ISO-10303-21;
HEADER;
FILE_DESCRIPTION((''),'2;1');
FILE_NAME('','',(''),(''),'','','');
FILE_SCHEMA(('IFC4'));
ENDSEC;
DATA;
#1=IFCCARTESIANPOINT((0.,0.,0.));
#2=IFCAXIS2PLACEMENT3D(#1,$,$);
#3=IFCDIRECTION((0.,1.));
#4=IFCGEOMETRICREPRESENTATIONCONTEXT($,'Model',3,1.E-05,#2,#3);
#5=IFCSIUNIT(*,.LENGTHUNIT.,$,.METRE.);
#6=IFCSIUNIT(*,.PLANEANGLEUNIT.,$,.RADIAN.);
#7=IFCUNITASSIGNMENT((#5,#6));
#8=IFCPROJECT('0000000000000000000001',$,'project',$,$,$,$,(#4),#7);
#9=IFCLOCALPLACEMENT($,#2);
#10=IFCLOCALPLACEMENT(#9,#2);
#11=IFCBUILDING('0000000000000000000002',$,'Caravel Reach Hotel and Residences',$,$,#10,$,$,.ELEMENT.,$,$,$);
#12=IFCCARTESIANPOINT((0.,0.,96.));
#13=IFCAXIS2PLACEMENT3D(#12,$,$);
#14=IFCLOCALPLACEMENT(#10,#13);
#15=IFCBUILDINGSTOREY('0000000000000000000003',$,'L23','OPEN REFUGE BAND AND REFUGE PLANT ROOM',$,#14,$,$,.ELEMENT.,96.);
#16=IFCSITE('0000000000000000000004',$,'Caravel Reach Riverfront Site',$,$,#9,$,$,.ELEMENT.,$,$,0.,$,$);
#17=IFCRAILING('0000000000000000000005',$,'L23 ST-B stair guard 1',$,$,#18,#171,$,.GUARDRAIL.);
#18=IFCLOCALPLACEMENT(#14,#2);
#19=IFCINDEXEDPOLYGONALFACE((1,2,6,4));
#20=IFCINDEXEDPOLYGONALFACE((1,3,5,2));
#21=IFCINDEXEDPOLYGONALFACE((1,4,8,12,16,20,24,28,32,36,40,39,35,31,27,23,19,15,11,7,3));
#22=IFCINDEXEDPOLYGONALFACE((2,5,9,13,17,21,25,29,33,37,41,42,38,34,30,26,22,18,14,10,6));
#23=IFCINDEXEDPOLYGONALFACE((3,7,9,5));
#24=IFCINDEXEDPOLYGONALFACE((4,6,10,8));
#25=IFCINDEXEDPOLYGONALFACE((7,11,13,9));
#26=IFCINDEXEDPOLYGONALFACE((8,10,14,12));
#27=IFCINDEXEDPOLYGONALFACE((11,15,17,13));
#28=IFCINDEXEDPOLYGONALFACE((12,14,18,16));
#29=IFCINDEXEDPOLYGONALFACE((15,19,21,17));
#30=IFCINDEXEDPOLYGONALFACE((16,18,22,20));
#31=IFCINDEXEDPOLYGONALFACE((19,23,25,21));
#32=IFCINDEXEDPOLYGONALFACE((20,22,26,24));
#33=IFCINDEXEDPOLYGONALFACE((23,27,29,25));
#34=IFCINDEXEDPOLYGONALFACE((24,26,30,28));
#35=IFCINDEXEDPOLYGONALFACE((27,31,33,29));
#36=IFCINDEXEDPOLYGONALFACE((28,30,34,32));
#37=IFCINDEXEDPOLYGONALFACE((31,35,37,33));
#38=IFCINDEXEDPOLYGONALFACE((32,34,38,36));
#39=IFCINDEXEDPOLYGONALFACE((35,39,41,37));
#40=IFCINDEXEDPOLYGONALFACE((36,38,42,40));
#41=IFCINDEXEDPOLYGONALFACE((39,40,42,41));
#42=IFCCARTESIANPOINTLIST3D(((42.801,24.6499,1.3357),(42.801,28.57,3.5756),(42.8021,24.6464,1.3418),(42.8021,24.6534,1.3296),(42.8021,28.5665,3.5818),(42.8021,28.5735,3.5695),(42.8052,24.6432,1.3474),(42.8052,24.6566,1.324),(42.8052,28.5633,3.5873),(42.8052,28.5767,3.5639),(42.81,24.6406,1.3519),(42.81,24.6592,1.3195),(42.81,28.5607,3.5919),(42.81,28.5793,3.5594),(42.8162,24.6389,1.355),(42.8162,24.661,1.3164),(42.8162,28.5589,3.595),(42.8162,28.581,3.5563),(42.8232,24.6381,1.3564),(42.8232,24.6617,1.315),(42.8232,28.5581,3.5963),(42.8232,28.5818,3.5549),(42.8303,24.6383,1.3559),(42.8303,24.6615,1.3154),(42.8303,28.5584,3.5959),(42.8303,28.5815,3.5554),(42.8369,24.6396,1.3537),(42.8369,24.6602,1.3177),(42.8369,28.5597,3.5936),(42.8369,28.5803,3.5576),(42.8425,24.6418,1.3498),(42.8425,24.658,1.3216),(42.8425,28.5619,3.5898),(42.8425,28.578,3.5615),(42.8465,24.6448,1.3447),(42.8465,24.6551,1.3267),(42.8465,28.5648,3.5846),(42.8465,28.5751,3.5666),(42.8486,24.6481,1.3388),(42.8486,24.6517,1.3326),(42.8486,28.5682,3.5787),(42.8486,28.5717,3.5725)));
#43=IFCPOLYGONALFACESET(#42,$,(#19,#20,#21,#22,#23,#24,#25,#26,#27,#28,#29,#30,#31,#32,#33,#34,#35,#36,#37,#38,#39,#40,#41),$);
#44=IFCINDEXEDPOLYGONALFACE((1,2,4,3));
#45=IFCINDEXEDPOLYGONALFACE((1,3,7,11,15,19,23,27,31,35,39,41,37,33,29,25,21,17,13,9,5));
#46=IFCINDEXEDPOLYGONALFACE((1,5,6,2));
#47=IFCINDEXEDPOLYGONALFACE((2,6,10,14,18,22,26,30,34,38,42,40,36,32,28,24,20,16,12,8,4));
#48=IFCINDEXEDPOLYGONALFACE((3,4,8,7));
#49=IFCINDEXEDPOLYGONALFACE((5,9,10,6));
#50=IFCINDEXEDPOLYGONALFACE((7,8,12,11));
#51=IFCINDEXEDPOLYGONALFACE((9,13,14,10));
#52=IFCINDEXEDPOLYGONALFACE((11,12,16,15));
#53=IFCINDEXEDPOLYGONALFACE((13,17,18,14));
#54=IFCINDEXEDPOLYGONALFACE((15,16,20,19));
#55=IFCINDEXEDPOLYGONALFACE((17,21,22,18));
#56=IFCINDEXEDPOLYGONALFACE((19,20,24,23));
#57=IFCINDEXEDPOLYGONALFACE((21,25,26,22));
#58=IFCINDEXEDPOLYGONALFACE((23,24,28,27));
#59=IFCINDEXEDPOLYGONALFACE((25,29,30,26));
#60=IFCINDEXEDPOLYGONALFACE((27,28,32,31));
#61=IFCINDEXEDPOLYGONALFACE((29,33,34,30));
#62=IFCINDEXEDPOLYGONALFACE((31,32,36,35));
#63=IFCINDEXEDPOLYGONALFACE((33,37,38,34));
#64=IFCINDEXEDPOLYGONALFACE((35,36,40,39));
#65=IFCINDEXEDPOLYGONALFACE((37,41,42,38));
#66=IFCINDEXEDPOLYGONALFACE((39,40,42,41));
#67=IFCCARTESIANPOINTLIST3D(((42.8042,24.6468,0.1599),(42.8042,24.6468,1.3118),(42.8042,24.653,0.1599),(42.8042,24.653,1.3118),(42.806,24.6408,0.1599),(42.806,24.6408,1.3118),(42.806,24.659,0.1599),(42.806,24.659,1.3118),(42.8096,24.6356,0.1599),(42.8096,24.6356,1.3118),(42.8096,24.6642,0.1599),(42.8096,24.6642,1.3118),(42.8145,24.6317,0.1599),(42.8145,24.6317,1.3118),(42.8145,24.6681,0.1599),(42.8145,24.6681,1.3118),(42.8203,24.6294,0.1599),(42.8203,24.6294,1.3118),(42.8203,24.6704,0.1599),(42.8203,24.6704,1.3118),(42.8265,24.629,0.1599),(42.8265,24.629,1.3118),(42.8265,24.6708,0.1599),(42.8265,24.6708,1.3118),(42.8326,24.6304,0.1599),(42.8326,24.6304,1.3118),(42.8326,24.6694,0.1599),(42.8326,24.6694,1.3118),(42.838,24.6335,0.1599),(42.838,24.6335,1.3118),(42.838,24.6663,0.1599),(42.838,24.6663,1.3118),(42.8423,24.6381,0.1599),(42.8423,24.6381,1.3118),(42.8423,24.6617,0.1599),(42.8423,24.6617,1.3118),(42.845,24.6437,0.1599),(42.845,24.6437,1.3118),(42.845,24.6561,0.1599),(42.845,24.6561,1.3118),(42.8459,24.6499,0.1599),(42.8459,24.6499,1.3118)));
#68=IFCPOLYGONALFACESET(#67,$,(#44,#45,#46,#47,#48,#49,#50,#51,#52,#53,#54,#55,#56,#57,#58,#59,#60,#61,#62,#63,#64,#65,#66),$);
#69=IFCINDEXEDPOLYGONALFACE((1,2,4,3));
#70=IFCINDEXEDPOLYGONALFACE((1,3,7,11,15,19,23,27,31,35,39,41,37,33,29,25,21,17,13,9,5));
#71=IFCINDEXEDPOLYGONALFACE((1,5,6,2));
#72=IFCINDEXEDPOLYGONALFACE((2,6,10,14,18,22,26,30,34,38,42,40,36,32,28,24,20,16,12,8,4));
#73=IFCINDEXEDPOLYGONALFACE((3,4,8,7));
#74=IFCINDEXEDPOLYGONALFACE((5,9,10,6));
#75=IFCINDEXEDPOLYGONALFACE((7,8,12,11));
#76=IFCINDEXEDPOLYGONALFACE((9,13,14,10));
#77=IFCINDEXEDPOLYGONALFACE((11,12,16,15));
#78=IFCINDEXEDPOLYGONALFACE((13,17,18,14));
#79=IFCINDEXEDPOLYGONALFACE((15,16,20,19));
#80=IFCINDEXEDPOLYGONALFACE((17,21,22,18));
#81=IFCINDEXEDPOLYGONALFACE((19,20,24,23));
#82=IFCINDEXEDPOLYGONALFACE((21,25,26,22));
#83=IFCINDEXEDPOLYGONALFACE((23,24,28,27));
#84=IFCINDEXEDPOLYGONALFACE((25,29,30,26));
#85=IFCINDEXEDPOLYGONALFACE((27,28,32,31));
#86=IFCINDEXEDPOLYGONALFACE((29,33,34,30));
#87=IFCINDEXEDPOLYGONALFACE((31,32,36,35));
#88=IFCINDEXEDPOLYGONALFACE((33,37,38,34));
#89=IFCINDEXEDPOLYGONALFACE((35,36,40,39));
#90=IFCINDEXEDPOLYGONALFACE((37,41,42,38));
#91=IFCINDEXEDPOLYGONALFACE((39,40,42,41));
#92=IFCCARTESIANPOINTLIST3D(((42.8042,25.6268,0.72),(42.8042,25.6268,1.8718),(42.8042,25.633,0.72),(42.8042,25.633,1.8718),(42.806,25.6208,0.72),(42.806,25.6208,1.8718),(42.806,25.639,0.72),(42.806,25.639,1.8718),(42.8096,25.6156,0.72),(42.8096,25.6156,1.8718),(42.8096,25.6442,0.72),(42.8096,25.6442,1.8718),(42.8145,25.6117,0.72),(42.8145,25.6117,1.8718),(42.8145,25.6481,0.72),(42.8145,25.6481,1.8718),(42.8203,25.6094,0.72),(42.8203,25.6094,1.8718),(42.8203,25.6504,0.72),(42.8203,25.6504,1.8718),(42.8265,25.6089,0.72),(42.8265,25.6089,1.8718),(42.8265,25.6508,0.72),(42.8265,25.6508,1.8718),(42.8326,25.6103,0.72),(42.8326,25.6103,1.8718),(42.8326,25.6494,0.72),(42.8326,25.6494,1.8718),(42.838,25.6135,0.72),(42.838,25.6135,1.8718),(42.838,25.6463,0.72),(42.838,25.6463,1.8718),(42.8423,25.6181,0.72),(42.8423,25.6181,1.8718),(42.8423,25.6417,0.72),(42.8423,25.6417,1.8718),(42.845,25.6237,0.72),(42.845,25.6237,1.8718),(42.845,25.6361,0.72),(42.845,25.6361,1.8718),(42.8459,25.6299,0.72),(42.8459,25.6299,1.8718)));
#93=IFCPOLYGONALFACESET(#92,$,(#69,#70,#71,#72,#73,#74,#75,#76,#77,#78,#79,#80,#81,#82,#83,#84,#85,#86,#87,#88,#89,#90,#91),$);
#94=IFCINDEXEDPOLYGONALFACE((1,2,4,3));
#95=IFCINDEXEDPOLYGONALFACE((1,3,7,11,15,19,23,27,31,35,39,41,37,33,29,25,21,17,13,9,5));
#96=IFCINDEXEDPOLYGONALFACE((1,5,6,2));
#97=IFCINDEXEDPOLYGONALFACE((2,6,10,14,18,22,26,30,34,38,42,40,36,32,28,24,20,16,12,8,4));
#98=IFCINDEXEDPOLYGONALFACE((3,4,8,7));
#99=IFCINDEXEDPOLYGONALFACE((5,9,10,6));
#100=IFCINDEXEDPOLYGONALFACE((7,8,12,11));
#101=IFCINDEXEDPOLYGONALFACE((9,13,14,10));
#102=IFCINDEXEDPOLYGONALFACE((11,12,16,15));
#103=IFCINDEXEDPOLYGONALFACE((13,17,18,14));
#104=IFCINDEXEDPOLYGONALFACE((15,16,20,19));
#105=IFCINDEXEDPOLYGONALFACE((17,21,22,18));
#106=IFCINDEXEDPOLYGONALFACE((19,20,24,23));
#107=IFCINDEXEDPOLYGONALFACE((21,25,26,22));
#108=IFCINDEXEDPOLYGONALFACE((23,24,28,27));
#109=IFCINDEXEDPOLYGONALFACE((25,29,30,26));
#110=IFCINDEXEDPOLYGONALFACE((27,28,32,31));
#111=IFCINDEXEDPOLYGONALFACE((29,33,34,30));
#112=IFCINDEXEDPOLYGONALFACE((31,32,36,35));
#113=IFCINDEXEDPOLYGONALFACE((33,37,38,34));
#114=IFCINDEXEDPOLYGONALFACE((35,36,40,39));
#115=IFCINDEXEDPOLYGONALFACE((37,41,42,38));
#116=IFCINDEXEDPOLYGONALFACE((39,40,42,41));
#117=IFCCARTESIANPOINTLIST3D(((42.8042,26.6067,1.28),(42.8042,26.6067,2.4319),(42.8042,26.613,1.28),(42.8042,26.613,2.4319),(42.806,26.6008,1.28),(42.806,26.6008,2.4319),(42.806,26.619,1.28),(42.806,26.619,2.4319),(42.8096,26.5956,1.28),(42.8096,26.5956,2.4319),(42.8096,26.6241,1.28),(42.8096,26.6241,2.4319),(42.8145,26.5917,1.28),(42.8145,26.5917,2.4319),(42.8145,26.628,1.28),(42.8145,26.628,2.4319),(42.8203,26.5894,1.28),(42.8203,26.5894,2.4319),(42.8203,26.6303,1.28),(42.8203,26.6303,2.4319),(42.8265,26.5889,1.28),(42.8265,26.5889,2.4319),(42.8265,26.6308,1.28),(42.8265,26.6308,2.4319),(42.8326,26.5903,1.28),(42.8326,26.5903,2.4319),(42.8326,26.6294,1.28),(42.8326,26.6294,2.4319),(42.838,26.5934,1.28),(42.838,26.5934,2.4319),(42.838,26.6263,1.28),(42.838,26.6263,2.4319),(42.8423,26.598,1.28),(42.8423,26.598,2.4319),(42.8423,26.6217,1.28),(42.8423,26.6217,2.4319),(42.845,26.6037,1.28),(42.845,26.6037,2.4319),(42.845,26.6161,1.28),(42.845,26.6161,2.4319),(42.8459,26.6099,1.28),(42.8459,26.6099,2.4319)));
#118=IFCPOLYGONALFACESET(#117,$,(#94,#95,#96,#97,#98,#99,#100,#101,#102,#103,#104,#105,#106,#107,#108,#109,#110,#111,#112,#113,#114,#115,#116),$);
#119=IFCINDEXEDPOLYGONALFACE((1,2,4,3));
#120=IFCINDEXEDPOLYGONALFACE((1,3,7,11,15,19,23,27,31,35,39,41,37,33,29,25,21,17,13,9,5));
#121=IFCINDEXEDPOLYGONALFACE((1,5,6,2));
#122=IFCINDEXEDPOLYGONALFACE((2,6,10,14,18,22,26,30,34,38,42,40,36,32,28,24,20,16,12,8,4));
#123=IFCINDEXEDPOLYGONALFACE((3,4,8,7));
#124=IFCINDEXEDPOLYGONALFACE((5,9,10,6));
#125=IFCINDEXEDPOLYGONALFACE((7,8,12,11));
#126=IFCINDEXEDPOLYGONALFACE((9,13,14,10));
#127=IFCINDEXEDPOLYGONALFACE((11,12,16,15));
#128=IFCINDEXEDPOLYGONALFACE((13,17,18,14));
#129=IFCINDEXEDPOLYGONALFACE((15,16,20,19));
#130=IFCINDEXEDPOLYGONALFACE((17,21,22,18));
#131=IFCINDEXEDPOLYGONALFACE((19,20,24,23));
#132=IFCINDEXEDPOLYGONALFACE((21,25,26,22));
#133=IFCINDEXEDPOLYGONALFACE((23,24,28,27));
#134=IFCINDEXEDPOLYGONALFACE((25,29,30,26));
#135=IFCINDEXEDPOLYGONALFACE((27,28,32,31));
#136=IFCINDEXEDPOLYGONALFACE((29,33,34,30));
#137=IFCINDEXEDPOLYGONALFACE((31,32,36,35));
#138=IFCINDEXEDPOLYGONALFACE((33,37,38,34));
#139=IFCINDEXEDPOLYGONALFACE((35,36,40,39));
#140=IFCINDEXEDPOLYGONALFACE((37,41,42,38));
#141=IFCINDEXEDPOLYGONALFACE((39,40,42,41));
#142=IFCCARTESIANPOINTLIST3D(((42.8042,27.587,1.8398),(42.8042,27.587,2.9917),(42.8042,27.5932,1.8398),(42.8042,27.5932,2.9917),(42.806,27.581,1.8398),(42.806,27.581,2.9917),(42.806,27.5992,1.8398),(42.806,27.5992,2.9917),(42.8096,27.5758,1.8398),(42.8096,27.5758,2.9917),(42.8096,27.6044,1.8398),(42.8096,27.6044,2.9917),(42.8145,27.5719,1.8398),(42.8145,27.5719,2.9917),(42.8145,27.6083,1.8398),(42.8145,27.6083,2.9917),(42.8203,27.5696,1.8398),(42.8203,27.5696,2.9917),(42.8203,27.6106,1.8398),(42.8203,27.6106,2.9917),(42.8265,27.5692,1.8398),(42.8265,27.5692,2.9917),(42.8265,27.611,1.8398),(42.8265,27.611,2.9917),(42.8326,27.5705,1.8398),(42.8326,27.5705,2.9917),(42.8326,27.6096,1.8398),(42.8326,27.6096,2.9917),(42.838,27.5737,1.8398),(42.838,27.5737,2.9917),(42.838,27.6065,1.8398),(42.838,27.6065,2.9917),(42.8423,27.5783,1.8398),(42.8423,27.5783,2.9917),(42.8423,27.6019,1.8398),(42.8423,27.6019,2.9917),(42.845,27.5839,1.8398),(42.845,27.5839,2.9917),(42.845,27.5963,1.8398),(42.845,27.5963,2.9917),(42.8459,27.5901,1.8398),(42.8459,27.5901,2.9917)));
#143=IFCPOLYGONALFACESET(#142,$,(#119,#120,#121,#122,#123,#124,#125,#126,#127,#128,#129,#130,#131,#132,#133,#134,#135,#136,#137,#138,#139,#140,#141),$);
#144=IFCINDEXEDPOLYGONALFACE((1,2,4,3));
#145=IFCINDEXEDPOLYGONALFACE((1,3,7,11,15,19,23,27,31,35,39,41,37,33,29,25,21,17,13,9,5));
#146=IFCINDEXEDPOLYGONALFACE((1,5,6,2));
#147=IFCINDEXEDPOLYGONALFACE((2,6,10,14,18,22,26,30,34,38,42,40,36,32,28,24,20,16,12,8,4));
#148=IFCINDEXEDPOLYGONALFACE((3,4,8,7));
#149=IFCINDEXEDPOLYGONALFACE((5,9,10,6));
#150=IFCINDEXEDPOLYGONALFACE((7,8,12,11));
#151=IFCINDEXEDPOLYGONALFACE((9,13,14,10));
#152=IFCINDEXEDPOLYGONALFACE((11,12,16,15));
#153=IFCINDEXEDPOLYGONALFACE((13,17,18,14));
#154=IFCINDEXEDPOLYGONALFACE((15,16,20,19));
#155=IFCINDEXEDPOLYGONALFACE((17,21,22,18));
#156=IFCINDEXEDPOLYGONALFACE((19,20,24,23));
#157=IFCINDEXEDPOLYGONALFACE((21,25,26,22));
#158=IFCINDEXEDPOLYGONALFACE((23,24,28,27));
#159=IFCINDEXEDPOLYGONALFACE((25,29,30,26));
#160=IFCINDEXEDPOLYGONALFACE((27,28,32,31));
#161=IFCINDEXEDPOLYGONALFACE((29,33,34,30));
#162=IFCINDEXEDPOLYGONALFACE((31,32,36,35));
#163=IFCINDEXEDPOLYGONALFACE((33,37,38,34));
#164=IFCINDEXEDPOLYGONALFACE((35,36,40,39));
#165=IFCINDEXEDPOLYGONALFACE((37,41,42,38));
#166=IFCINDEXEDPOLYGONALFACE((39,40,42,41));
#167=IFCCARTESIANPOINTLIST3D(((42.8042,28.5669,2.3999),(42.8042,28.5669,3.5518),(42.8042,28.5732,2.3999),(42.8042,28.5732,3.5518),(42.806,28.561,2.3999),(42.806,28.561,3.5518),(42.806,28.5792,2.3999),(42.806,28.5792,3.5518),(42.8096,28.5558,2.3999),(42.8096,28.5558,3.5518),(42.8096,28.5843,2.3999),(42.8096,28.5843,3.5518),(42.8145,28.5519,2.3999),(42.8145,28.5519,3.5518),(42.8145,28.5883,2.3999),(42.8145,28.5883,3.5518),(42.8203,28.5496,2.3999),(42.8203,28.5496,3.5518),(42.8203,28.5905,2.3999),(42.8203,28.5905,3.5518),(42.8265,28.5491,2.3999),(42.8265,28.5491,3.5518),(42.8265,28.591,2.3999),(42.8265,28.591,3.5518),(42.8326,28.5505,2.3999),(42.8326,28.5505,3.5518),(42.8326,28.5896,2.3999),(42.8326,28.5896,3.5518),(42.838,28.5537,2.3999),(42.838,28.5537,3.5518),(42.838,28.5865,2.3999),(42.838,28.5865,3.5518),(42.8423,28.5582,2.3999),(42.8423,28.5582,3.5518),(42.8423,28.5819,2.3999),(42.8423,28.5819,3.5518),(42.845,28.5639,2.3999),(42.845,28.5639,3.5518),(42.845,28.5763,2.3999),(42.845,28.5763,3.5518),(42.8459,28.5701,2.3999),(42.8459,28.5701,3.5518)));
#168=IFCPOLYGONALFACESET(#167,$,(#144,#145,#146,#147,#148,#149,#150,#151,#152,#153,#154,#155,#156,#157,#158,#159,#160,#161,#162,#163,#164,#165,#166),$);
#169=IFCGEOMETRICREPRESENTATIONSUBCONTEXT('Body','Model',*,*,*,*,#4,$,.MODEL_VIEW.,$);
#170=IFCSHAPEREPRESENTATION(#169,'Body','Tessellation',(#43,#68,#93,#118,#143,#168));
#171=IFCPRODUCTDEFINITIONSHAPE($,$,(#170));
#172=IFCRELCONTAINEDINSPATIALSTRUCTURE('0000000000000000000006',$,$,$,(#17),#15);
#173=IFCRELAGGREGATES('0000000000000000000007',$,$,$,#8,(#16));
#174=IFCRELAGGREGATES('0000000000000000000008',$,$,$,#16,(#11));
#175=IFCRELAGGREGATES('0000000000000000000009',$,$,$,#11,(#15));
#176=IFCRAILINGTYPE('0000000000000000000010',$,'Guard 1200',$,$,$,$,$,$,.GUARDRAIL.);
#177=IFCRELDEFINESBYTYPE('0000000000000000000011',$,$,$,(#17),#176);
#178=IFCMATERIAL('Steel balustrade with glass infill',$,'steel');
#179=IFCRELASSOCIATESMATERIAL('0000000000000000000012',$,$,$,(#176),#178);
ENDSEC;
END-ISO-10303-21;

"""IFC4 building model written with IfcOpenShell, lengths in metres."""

from ifc_helpers import new_model, si_unit, direction, frame, origin, origin_2d, place, context, subcontext, project, spatial, circle, extrude, material, type_object, element, save


model = new_model("IFC4")

# Units and contexts
model_context = context("Model", 3, precision=1e-05, world=origin(), true_north=direction((0.0, 1.0)))
body_context = subcontext(model_context, "Body", "Model", "MODEL_VIEW")
ifc_project = project(units=[si_unit("LENGTHUNIT", "METRE"), si_unit("PLANEANGLEUNIT", "RADIAN")], contexts=[model_context])

# Site, building, storey
site_placement = place(None, origin())
site = spatial("IfcSite", under=ifc_project, at=site_placement, Name="Caravel Reach Riverfront Site", CompositionType="ELEMENT", RefElevation=0.0)
building_placement = place(site_placement, origin())
building = spatial("IfcBuilding", under=site, at=building_placement, Name="Caravel Reach Hotel and Residences", CompositionType="ELEMENT")
storey_placement = place(building_placement, frame((0.0, 0.0, 96.0)))
storey = spatial("IfcBuildingStorey", under=building, at=storey_placement, Name="L23", Description="OPEN REFUGE BAND AND REFUGE PLANT ROOM", CompositionType="ELEMENT", Elevation=96.0)

# Railing
ifc_material_1 = material(Name="Steel balustrade with glass infill", Category="steel")
railing_type_1 = type_object("IfcRailingType", Name="Guard 1200", PredefinedType="GUARDRAIL", material=ifc_material_1)
railing_1_placement = place(storey_placement, frame((42.825, 24.6499, 0.1599)))
element("IfcRailing", 1, at=railing_1_placement, inside=storey, type_object=railing_type_1, Name="L23 ST-B stair guard 1", PredefinedType="GUARDRAIL", context=body_context, shape_type="SweptSolid", body=[
    extrude(circle(Radius=0.0239, at=origin_2d()), frame((0.0, 0.0, 1.1758), z_axis=(0.0, 0.868253, 0.496121), x_axis=(-1.0, 0.0, 0.0)), (0.0, 0.0, 1.0), 4.5149),
    extrude(circle(Radius=0.021, at=origin_2d()), origin(), (0.0, 0.0, 1.0), 1.1519),
    extrude(circle(Radius=0.021, at=origin_2d()), frame((0.0, 0.98, 0.5601)), (0.0, 0.0, 1.0), 1.1519),
    extrude(circle(Radius=0.021, at=origin_2d()), frame((0.0, 1.96, 1.1201)), (0.0, 0.0, 1.0), 1.1519),
    extrude(circle(Radius=0.021, at=origin_2d()), frame((0.0, 2.9402, 1.6799)), (0.0, 0.0, 1.0), 1.1519),
    extrude(circle(Radius=0.021, at=origin_2d()), frame((0.0, 3.9202, 2.24)), (0.0, 0.0, 1.0), 1.1519),
])

save(model, "model.ifc")
